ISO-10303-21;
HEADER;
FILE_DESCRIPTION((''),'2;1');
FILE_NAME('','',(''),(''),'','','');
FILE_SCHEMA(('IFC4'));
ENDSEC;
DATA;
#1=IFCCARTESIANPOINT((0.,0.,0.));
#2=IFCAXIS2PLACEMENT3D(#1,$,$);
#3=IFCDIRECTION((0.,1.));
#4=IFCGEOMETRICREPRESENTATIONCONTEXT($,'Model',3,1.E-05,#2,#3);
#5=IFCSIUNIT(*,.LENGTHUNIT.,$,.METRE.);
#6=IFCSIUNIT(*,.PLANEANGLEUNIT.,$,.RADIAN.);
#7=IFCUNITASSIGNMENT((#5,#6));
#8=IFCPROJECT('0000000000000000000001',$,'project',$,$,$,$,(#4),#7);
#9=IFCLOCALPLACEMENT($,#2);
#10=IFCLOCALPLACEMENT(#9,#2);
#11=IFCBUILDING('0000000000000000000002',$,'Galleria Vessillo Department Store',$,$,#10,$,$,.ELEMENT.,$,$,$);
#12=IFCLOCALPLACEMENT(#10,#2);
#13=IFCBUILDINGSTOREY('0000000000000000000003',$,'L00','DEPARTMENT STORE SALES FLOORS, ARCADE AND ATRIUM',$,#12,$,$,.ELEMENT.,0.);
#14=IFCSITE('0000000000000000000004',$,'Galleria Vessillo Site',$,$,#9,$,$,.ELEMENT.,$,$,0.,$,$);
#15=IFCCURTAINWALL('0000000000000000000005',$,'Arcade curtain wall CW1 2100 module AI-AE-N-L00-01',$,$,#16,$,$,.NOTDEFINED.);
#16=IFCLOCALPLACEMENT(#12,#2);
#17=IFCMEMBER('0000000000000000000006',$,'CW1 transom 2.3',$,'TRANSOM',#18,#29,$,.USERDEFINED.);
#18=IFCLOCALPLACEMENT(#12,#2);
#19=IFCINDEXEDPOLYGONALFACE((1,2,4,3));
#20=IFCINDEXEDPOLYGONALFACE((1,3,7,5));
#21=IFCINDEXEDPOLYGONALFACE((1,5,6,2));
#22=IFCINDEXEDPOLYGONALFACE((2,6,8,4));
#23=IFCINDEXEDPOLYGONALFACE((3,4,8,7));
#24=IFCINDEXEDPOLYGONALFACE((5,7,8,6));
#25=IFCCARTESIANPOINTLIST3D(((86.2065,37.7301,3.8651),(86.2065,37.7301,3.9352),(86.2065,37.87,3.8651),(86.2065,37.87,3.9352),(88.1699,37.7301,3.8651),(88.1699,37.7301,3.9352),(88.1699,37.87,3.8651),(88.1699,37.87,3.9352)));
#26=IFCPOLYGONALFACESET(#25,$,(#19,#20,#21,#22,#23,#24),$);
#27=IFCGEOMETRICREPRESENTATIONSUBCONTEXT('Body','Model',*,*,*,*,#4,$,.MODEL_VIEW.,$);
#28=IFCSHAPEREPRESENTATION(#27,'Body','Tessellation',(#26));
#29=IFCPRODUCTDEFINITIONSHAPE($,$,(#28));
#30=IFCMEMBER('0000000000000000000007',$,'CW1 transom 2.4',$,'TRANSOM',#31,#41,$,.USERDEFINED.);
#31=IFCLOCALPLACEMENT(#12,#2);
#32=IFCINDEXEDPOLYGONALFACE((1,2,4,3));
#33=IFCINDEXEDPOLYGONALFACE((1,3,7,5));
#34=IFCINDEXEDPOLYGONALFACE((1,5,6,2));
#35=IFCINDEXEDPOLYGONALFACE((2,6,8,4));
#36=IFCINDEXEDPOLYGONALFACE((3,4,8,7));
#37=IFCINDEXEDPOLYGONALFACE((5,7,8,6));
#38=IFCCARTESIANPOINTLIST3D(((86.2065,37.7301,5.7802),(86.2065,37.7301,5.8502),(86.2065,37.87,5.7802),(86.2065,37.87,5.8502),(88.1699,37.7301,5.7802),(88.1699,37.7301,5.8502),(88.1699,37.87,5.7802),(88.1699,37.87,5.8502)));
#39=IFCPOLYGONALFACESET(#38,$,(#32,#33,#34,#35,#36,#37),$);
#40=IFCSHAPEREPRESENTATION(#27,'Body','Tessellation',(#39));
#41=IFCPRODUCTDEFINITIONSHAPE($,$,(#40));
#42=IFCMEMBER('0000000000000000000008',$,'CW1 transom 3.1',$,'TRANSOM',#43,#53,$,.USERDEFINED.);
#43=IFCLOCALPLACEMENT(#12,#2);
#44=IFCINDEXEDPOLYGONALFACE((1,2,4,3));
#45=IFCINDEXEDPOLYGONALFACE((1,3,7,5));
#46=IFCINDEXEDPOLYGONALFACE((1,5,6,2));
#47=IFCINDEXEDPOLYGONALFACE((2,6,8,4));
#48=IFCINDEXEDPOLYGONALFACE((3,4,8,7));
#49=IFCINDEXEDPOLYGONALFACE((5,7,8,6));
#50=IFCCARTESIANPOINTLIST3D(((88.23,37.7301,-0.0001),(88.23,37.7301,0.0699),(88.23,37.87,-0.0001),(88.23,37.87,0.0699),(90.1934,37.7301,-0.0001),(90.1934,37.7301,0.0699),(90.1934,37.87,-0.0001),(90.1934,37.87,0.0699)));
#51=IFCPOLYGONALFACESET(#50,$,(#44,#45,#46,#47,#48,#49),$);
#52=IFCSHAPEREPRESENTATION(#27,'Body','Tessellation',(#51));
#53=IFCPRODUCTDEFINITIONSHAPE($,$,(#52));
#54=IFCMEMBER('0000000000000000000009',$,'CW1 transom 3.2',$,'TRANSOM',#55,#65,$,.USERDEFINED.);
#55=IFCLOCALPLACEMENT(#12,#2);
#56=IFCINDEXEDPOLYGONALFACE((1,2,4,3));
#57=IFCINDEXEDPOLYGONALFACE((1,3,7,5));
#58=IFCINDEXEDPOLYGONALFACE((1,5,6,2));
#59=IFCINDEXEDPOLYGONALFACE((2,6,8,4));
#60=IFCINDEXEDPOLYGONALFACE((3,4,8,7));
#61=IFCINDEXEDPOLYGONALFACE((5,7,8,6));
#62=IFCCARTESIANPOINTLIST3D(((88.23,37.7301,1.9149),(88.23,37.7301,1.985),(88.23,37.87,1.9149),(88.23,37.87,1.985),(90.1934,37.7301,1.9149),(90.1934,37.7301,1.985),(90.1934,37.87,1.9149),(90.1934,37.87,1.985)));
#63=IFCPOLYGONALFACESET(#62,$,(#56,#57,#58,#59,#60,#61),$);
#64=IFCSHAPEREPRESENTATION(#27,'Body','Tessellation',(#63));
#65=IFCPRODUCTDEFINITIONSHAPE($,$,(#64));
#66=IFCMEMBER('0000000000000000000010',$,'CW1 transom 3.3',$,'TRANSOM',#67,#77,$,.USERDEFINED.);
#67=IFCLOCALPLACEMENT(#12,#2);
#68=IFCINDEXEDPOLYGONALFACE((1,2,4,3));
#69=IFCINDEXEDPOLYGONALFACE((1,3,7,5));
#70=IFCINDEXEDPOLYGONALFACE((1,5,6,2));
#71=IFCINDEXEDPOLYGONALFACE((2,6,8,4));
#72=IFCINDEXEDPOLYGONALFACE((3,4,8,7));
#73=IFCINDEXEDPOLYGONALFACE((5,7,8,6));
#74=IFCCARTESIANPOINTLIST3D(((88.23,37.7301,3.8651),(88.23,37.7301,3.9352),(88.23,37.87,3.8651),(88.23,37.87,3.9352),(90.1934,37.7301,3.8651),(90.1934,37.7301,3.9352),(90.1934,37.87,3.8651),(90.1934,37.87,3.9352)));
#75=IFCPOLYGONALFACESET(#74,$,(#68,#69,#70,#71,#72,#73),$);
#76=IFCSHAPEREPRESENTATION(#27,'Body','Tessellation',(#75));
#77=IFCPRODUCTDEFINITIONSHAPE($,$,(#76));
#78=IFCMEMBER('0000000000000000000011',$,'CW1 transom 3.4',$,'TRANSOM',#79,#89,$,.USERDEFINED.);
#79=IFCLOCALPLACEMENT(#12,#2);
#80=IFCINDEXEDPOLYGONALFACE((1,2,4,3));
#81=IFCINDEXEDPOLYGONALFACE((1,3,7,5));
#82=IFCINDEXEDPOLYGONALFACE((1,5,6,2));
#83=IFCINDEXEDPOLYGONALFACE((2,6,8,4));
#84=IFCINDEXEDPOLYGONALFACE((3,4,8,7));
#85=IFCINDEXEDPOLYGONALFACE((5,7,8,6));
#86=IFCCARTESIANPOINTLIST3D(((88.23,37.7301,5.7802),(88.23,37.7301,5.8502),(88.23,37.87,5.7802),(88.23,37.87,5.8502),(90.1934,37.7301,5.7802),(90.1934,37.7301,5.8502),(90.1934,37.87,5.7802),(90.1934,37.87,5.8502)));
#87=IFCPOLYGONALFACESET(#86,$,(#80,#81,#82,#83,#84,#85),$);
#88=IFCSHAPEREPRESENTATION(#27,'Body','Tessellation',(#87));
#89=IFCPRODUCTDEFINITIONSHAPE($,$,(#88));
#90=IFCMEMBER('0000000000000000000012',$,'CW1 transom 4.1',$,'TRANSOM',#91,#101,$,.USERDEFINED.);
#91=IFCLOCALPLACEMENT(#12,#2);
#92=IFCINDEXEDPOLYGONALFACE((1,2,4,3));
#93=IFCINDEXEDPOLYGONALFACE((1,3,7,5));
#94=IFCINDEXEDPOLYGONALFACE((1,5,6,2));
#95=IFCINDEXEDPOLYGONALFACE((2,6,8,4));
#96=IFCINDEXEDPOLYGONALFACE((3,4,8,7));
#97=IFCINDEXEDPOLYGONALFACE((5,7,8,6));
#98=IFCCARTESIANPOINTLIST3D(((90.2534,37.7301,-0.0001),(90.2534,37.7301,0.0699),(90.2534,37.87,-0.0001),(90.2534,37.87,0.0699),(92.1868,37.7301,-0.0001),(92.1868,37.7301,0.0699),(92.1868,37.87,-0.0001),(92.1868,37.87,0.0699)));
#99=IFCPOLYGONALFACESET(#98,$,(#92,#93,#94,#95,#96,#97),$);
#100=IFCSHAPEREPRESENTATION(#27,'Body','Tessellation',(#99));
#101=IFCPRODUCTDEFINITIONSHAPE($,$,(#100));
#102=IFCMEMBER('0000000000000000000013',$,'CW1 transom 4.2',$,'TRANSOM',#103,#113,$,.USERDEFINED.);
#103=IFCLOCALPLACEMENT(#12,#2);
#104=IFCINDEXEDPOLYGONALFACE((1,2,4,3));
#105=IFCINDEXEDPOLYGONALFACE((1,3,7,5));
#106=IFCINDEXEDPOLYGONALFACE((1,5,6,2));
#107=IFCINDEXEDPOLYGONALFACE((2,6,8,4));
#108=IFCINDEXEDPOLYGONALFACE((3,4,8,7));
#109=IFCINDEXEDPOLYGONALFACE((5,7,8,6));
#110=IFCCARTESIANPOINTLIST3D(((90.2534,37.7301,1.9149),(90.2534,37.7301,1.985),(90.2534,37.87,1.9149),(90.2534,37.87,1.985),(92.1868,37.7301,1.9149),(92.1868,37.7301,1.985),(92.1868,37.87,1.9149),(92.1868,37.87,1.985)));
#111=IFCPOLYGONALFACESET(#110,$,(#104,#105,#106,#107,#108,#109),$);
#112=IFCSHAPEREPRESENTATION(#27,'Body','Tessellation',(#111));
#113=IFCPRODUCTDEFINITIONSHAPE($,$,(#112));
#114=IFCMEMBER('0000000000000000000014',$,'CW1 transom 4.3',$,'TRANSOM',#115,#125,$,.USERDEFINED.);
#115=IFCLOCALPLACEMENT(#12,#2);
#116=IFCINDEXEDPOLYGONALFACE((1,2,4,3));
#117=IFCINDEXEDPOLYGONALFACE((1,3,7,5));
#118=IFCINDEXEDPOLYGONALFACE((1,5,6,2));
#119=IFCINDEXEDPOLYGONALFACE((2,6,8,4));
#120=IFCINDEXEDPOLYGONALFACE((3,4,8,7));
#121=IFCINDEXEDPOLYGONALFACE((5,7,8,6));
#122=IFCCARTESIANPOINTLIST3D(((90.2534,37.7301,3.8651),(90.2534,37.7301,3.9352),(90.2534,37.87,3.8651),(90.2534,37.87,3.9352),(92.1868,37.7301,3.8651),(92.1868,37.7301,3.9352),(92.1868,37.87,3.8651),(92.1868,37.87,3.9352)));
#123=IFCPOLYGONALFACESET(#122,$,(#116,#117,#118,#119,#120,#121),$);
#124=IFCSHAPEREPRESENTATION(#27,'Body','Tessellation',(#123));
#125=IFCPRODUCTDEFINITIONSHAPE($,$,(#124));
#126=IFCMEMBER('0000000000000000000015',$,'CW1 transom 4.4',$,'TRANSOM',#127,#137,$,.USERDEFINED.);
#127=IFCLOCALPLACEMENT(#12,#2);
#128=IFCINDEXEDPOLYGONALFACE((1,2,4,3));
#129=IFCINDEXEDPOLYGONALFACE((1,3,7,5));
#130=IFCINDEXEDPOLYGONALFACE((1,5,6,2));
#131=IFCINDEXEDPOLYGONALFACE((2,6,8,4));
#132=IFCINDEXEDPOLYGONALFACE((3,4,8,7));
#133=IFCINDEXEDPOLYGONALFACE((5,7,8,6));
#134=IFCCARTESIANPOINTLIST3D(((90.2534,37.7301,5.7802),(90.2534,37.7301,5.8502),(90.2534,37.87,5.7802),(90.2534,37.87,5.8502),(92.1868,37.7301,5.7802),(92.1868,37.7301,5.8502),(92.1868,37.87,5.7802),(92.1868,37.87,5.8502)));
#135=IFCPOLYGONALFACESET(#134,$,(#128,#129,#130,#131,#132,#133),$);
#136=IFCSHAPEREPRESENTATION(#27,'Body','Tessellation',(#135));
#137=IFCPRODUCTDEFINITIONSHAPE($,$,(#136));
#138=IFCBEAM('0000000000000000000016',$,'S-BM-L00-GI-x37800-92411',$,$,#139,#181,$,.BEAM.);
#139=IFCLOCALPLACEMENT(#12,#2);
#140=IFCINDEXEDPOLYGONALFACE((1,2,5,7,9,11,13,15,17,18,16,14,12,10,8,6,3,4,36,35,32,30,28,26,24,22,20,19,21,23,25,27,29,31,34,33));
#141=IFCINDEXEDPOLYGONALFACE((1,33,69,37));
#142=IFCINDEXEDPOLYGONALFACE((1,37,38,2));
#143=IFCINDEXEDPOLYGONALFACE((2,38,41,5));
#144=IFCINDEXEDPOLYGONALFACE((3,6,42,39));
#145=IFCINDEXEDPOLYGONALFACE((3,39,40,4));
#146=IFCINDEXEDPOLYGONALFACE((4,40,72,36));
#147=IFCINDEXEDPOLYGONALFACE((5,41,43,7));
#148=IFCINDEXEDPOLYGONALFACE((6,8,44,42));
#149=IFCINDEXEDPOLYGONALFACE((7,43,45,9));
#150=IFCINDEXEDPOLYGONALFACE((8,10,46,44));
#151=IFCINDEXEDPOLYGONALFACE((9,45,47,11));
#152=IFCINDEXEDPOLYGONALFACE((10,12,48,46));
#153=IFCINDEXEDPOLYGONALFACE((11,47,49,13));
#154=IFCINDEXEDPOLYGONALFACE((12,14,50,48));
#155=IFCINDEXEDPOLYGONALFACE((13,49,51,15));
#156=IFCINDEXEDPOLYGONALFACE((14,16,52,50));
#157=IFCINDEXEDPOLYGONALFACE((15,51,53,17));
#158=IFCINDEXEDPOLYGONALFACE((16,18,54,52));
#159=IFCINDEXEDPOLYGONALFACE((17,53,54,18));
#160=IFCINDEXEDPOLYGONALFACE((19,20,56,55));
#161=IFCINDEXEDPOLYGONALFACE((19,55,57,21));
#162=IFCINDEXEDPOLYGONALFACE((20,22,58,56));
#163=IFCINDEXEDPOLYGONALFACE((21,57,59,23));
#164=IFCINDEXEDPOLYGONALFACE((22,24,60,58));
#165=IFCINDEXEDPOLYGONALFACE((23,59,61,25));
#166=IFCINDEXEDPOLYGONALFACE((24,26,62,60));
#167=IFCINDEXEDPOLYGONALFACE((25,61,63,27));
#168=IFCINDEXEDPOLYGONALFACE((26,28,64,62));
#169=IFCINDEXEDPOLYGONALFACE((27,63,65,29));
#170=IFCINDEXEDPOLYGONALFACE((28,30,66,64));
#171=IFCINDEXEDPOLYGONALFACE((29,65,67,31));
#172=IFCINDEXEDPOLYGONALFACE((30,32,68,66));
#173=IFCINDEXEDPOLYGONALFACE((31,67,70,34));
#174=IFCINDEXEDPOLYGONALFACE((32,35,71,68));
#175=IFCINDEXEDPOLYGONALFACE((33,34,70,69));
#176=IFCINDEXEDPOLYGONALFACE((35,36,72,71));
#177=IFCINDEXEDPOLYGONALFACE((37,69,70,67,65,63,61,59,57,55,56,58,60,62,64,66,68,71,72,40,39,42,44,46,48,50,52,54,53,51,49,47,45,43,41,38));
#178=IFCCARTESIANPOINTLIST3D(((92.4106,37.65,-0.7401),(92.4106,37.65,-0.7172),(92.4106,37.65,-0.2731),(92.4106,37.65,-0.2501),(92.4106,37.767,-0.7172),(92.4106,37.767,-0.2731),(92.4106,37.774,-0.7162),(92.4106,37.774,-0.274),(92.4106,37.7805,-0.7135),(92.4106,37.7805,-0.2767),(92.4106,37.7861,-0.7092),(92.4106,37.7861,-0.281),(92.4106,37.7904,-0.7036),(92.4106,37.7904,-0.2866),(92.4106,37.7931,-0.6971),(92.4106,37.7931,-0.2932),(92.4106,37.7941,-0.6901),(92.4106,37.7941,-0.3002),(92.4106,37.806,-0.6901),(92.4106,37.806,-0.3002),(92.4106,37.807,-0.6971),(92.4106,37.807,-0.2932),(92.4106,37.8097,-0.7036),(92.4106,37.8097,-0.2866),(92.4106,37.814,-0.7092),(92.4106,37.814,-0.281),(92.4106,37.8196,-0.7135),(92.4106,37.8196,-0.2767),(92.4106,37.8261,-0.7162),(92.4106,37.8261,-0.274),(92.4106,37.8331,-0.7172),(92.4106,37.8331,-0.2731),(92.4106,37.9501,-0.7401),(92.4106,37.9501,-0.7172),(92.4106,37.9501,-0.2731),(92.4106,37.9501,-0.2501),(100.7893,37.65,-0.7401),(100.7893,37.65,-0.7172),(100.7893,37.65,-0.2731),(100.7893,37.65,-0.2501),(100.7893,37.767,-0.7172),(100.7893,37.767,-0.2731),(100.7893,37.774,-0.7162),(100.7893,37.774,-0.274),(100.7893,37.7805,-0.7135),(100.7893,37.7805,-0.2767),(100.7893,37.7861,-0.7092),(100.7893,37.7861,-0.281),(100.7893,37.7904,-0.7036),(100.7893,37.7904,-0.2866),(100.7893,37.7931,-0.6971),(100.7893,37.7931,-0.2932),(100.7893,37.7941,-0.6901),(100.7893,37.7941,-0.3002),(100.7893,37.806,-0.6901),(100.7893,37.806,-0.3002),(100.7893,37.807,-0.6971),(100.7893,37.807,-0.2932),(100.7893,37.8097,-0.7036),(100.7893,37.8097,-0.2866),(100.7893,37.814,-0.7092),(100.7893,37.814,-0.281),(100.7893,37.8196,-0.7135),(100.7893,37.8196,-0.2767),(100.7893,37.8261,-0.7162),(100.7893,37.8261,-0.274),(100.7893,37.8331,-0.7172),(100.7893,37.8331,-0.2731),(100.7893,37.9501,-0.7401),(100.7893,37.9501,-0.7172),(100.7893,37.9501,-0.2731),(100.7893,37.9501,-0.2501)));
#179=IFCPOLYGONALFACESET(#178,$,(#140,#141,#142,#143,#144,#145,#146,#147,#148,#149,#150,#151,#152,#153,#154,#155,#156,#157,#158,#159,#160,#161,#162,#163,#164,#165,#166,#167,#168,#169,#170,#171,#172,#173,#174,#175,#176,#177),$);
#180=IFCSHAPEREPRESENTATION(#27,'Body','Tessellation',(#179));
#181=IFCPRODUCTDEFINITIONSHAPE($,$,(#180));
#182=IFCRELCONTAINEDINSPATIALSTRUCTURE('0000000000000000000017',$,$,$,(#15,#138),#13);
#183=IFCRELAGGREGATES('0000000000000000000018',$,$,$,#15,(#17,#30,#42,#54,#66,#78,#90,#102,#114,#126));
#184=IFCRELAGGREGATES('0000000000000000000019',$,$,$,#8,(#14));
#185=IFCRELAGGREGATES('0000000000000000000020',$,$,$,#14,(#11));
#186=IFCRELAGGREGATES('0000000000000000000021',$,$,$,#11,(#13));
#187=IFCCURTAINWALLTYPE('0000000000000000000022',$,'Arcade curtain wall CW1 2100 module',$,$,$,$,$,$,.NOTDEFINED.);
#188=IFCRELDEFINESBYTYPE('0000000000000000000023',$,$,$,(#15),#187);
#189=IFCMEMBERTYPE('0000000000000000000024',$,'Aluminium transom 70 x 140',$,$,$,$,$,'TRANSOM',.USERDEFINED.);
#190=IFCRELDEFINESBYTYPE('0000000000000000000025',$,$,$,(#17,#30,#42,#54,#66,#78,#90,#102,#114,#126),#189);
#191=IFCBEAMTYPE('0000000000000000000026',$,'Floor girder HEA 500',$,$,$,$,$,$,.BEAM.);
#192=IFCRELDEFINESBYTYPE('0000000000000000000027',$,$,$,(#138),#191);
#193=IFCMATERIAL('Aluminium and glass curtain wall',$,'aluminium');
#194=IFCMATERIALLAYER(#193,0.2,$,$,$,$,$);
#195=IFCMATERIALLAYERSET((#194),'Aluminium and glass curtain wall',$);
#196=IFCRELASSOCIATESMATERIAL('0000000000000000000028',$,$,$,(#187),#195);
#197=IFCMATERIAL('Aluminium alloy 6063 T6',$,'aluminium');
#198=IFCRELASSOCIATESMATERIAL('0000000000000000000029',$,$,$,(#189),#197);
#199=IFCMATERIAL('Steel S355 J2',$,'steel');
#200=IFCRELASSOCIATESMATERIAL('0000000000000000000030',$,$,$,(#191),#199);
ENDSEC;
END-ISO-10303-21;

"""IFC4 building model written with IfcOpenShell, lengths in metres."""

from ifc_helpers import new_model, si_unit, direction, frame, origin, origin_2d, place, context, subcontext, project, spatial, rectangle, i_section, extrude, material, layer, layer_set, material_profile, profile_set, type_object, element, aggregate, save


model = new_model("IFC4")

# Units and contexts
model_context = context("Model", 3, precision=1e-05, world=origin(), true_north=direction((0.0, 1.0)))
body_context = subcontext(model_context, "Body", "Model", "MODEL_VIEW")
ifc_project = project(units=[si_unit("LENGTHUNIT", "METRE"), si_unit("PLANEANGLEUNIT", "RADIAN")], contexts=[model_context])

# Site, building, storey
site_placement = place(None, origin())
site = spatial("IfcSite", under=ifc_project, at=site_placement, Name="Galleria Vessillo Site", CompositionType="ELEMENT", RefElevation=0.0)
building_placement = place(site_placement, origin())
building = spatial("IfcBuilding", under=site, at=building_placement, Name="Galleria Vessillo Department Store", CompositionType="ELEMENT")
storey_placement = place(building_placement, origin())
storey = spatial("IfcBuildingStorey", under=building, at=storey_placement, Name="L00", Description="DEPARTMENT STORE SALES FLOORS, ARCADE AND ATRIUM", CompositionType="ELEMENT", Elevation=0.0)

# Curtain wall, members
ifc_material_1 = material(Name="Aluminium and glass curtain wall", Category="aluminium")
ifc_layer_1 = layer(ifc_material_1, 0.2)
ifc_layer_set_1 = layer_set([ifc_layer_1], Name="Aluminium and glass curtain wall")
curtain_wall_type = type_object("IfcCurtainWallType", Name="Arcade curtain wall CW1 2100 module", PredefinedType="NOTDEFINED", material=ifc_layer_set_1)
curtain_wall_placement = place(storey_placement, origin())
curtain_wall = element("IfcCurtainWall", 1, at=curtain_wall_placement, inside=storey, type_object=curtain_wall_type, Name="Arcade curtain wall CW1 2100 module AI-AE-N-L00-01", PredefinedType="NOTDEFINED")
ifc_material_2 = material(Name="Aluminium alloy 6063 T6", Category="aluminium")
ifc_material_profile_1 = material_profile(ifc_material_2, rectangle(XDim=0.1399, YDim=0.0701, at=origin_2d()), Name="AL 70x140")
ifc_profile_set_1 = profile_set([ifc_material_profile_1], Name="Aluminium alloy 6063 T6")
member_type_1 = type_object("IfcMemberType", Name="Aluminium transom 70 x 140", ElementType="TRANSOM", PredefinedType="USERDEFINED", material=ifc_profile_set_1)
member_1_placement = place(storey_placement, frame((86.2065, 37.8, 3.9001), z_axis=(1.0, 0.0, 0.0), x_axis=(0.0, 1.0, 0.0)))
member_1 = element("IfcMember", 2, at=member_1_placement, type_object=member_type_1, Name="CW1 transom 2.3", ObjectType="TRANSOM", PredefinedType="USERDEFINED", context=body_context, shape_type="SweptSolid", body=[
    extrude(rectangle(XDim=0.1399, YDim=0.0701, at=origin_2d()), origin(), (0.0, 0.0, 1.0), 1.9634),
])
member_2_placement = place(storey_placement, frame((86.2065, 37.8, 5.8152), z_axis=(1.0, 0.0, 0.0), x_axis=(0.0, 1.0, 0.0)))
member_2 = element("IfcMember", 3, at=member_2_placement, type_object=member_type_1, Name="CW1 transom 2.4", ObjectType="TRANSOM", PredefinedType="USERDEFINED", context=body_context, shape_type="SweptSolid", body=[
    extrude(rectangle(XDim=0.1399, YDim=0.0701, at=origin_2d()), origin(), (0.0, 0.0, 1.0), 1.9634),
])
member_3_placement = place(storey_placement, frame((88.23, 37.8, 0.0349), z_axis=(1.0, 0.0, 0.0), x_axis=(0.0, 1.0, 0.0)))
member_3 = element("IfcMember", 4, at=member_3_placement, type_object=member_type_1, Name="CW1 transom 3.1", ObjectType="TRANSOM", PredefinedType="USERDEFINED", context=body_context, shape_type="SweptSolid", body=[
    extrude(rectangle(XDim=0.1399, YDim=0.0701, at=origin_2d()), origin(), (0.0, 0.0, 1.0), 1.9634),
])
member_4_placement = place(storey_placement, frame((88.23, 37.8, 1.95), z_axis=(1.0, 0.0, 0.0), x_axis=(0.0, 1.0, 0.0)))
member_4 = element("IfcMember", 5, at=member_4_placement, type_object=member_type_1, Name="CW1 transom 3.2", ObjectType="TRANSOM", PredefinedType="USERDEFINED", context=body_context, shape_type="SweptSolid", body=[
    extrude(rectangle(XDim=0.1399, YDim=0.0701, at=origin_2d()), origin(), (0.0, 0.0, 1.0), 1.9634),
])
member_5_placement = place(storey_placement, frame((88.23, 37.8, 3.9001), z_axis=(1.0, 0.0, 0.0), x_axis=(0.0, 1.0, 0.0)))
member_5 = element("IfcMember", 6, at=member_5_placement, type_object=member_type_1, Name="CW1 transom 3.3", ObjectType="TRANSOM", PredefinedType="USERDEFINED", context=body_context, shape_type="SweptSolid", body=[
    extrude(rectangle(XDim=0.1399, YDim=0.0701, at=origin_2d()), origin(), (0.0, 0.0, 1.0), 1.9634),
])
member_6_placement = place(storey_placement, frame((88.23, 37.8, 5.8152), z_axis=(1.0, 0.0, 0.0), x_axis=(0.0, 1.0, 0.0)))
member_6 = element("IfcMember", 7, at=member_6_placement, type_object=member_type_1, Name="CW1 transom 3.4", ObjectType="TRANSOM", PredefinedType="USERDEFINED", context=body_context, shape_type="SweptSolid", body=[
    extrude(rectangle(XDim=0.1399, YDim=0.0701, at=origin_2d()), origin(), (0.0, 0.0, 1.0), 1.9634),
])
member_7_placement = place(storey_placement, frame((90.2534, 37.8, 0.0349), z_axis=(1.0, 0.0, 0.0), x_axis=(0.0, 1.0, 0.0)))
member_7 = element("IfcMember", 8, at=member_7_placement, type_object=member_type_1, Name="CW1 transom 4.1", ObjectType="TRANSOM", PredefinedType="USERDEFINED", context=body_context, shape_type="SweptSolid", body=[
    extrude(rectangle(XDim=0.1399, YDim=0.0701, at=origin_2d()), origin(), (0.0, 0.0, 1.0), 1.9333),
])
member_8_placement = place(storey_placement, frame((90.2534, 37.8, 1.95), z_axis=(1.0, 0.0, 0.0), x_axis=(0.0, 1.0, 0.0)))
member_8 = element("IfcMember", 9, at=member_8_placement, type_object=member_type_1, Name="CW1 transom 4.2", ObjectType="TRANSOM", PredefinedType="USERDEFINED", context=body_context, shape_type="SweptSolid", body=[
    extrude(rectangle(XDim=0.1399, YDim=0.0701, at=origin_2d()), origin(), (0.0, 0.0, 1.0), 1.9333),
])
member_9_placement = place(storey_placement, frame((90.2534, 37.8, 3.9001), z_axis=(1.0, 0.0, 0.0), x_axis=(0.0, 1.0, 0.0)))
member_9 = element("IfcMember", 10, at=member_9_placement, type_object=member_type_1, Name="CW1 transom 4.3", ObjectType="TRANSOM", PredefinedType="USERDEFINED", context=body_context, shape_type="SweptSolid", body=[
    extrude(rectangle(XDim=0.1399, YDim=0.0701, at=origin_2d()), origin(), (0.0, 0.0, 1.0), 1.9333),
])
member_10_placement = place(storey_placement, frame((90.2534, 37.8, 5.8152), z_axis=(1.0, 0.0, 0.0), x_axis=(0.0, 1.0, 0.0)))
member_10 = element("IfcMember", 11, at=member_10_placement, type_object=member_type_1, Name="CW1 transom 4.4", ObjectType="TRANSOM", PredefinedType="USERDEFINED", context=body_context, shape_type="SweptSolid", body=[
    extrude(rectangle(XDim=0.1399, YDim=0.0701, at=origin_2d()), origin(), (0.0, 0.0, 1.0), 1.9333),
])

# Beam
ifc_material_3 = material(Name="Steel S355 J2", Category="steel")
ifc_material_profile_2 = material_profile(ifc_material_3, i_section(OverallWidth=0.3, OverallDepth=0.49, WebThickness=0.012, FlangeThickness=0.0229, FilletRadius=0.0271, at=origin_2d()), Name="HEA 500")
ifc_profile_set_2 = profile_set([ifc_material_profile_2], Name="Steel S355 J2")
beam_type_1 = type_object("IfcBeamType", Name="Floor girder HEA 500", PredefinedType="BEAM", material=ifc_profile_set_2)
beam_1_placement = place(storey_placement, frame((92.4106, 37.8, -0.4951), z_axis=(1.0, 0.0, 0.0), x_axis=(0.0, 1.0, 0.0)))
element("IfcBeam", 12, at=beam_1_placement, inside=storey, type_object=beam_type_1, Name="S-BM-L00-GI-x37800-92411", PredefinedType="BEAM", context=body_context, shape_type="SweptSolid", body=[
    extrude(i_section(OverallWidth=0.3, OverallDepth=0.49, WebThickness=0.012, FlangeThickness=0.0229, FilletRadius=0.0271, at=origin_2d()), origin(), (0.0, 0.0, 1.0), 8.3787),
])

aggregate(curtain_wall, [member_1, member_2, member_3, member_4, member_5, member_6, member_7, member_8, member_9, member_10])

save(model, "model.ifc")
